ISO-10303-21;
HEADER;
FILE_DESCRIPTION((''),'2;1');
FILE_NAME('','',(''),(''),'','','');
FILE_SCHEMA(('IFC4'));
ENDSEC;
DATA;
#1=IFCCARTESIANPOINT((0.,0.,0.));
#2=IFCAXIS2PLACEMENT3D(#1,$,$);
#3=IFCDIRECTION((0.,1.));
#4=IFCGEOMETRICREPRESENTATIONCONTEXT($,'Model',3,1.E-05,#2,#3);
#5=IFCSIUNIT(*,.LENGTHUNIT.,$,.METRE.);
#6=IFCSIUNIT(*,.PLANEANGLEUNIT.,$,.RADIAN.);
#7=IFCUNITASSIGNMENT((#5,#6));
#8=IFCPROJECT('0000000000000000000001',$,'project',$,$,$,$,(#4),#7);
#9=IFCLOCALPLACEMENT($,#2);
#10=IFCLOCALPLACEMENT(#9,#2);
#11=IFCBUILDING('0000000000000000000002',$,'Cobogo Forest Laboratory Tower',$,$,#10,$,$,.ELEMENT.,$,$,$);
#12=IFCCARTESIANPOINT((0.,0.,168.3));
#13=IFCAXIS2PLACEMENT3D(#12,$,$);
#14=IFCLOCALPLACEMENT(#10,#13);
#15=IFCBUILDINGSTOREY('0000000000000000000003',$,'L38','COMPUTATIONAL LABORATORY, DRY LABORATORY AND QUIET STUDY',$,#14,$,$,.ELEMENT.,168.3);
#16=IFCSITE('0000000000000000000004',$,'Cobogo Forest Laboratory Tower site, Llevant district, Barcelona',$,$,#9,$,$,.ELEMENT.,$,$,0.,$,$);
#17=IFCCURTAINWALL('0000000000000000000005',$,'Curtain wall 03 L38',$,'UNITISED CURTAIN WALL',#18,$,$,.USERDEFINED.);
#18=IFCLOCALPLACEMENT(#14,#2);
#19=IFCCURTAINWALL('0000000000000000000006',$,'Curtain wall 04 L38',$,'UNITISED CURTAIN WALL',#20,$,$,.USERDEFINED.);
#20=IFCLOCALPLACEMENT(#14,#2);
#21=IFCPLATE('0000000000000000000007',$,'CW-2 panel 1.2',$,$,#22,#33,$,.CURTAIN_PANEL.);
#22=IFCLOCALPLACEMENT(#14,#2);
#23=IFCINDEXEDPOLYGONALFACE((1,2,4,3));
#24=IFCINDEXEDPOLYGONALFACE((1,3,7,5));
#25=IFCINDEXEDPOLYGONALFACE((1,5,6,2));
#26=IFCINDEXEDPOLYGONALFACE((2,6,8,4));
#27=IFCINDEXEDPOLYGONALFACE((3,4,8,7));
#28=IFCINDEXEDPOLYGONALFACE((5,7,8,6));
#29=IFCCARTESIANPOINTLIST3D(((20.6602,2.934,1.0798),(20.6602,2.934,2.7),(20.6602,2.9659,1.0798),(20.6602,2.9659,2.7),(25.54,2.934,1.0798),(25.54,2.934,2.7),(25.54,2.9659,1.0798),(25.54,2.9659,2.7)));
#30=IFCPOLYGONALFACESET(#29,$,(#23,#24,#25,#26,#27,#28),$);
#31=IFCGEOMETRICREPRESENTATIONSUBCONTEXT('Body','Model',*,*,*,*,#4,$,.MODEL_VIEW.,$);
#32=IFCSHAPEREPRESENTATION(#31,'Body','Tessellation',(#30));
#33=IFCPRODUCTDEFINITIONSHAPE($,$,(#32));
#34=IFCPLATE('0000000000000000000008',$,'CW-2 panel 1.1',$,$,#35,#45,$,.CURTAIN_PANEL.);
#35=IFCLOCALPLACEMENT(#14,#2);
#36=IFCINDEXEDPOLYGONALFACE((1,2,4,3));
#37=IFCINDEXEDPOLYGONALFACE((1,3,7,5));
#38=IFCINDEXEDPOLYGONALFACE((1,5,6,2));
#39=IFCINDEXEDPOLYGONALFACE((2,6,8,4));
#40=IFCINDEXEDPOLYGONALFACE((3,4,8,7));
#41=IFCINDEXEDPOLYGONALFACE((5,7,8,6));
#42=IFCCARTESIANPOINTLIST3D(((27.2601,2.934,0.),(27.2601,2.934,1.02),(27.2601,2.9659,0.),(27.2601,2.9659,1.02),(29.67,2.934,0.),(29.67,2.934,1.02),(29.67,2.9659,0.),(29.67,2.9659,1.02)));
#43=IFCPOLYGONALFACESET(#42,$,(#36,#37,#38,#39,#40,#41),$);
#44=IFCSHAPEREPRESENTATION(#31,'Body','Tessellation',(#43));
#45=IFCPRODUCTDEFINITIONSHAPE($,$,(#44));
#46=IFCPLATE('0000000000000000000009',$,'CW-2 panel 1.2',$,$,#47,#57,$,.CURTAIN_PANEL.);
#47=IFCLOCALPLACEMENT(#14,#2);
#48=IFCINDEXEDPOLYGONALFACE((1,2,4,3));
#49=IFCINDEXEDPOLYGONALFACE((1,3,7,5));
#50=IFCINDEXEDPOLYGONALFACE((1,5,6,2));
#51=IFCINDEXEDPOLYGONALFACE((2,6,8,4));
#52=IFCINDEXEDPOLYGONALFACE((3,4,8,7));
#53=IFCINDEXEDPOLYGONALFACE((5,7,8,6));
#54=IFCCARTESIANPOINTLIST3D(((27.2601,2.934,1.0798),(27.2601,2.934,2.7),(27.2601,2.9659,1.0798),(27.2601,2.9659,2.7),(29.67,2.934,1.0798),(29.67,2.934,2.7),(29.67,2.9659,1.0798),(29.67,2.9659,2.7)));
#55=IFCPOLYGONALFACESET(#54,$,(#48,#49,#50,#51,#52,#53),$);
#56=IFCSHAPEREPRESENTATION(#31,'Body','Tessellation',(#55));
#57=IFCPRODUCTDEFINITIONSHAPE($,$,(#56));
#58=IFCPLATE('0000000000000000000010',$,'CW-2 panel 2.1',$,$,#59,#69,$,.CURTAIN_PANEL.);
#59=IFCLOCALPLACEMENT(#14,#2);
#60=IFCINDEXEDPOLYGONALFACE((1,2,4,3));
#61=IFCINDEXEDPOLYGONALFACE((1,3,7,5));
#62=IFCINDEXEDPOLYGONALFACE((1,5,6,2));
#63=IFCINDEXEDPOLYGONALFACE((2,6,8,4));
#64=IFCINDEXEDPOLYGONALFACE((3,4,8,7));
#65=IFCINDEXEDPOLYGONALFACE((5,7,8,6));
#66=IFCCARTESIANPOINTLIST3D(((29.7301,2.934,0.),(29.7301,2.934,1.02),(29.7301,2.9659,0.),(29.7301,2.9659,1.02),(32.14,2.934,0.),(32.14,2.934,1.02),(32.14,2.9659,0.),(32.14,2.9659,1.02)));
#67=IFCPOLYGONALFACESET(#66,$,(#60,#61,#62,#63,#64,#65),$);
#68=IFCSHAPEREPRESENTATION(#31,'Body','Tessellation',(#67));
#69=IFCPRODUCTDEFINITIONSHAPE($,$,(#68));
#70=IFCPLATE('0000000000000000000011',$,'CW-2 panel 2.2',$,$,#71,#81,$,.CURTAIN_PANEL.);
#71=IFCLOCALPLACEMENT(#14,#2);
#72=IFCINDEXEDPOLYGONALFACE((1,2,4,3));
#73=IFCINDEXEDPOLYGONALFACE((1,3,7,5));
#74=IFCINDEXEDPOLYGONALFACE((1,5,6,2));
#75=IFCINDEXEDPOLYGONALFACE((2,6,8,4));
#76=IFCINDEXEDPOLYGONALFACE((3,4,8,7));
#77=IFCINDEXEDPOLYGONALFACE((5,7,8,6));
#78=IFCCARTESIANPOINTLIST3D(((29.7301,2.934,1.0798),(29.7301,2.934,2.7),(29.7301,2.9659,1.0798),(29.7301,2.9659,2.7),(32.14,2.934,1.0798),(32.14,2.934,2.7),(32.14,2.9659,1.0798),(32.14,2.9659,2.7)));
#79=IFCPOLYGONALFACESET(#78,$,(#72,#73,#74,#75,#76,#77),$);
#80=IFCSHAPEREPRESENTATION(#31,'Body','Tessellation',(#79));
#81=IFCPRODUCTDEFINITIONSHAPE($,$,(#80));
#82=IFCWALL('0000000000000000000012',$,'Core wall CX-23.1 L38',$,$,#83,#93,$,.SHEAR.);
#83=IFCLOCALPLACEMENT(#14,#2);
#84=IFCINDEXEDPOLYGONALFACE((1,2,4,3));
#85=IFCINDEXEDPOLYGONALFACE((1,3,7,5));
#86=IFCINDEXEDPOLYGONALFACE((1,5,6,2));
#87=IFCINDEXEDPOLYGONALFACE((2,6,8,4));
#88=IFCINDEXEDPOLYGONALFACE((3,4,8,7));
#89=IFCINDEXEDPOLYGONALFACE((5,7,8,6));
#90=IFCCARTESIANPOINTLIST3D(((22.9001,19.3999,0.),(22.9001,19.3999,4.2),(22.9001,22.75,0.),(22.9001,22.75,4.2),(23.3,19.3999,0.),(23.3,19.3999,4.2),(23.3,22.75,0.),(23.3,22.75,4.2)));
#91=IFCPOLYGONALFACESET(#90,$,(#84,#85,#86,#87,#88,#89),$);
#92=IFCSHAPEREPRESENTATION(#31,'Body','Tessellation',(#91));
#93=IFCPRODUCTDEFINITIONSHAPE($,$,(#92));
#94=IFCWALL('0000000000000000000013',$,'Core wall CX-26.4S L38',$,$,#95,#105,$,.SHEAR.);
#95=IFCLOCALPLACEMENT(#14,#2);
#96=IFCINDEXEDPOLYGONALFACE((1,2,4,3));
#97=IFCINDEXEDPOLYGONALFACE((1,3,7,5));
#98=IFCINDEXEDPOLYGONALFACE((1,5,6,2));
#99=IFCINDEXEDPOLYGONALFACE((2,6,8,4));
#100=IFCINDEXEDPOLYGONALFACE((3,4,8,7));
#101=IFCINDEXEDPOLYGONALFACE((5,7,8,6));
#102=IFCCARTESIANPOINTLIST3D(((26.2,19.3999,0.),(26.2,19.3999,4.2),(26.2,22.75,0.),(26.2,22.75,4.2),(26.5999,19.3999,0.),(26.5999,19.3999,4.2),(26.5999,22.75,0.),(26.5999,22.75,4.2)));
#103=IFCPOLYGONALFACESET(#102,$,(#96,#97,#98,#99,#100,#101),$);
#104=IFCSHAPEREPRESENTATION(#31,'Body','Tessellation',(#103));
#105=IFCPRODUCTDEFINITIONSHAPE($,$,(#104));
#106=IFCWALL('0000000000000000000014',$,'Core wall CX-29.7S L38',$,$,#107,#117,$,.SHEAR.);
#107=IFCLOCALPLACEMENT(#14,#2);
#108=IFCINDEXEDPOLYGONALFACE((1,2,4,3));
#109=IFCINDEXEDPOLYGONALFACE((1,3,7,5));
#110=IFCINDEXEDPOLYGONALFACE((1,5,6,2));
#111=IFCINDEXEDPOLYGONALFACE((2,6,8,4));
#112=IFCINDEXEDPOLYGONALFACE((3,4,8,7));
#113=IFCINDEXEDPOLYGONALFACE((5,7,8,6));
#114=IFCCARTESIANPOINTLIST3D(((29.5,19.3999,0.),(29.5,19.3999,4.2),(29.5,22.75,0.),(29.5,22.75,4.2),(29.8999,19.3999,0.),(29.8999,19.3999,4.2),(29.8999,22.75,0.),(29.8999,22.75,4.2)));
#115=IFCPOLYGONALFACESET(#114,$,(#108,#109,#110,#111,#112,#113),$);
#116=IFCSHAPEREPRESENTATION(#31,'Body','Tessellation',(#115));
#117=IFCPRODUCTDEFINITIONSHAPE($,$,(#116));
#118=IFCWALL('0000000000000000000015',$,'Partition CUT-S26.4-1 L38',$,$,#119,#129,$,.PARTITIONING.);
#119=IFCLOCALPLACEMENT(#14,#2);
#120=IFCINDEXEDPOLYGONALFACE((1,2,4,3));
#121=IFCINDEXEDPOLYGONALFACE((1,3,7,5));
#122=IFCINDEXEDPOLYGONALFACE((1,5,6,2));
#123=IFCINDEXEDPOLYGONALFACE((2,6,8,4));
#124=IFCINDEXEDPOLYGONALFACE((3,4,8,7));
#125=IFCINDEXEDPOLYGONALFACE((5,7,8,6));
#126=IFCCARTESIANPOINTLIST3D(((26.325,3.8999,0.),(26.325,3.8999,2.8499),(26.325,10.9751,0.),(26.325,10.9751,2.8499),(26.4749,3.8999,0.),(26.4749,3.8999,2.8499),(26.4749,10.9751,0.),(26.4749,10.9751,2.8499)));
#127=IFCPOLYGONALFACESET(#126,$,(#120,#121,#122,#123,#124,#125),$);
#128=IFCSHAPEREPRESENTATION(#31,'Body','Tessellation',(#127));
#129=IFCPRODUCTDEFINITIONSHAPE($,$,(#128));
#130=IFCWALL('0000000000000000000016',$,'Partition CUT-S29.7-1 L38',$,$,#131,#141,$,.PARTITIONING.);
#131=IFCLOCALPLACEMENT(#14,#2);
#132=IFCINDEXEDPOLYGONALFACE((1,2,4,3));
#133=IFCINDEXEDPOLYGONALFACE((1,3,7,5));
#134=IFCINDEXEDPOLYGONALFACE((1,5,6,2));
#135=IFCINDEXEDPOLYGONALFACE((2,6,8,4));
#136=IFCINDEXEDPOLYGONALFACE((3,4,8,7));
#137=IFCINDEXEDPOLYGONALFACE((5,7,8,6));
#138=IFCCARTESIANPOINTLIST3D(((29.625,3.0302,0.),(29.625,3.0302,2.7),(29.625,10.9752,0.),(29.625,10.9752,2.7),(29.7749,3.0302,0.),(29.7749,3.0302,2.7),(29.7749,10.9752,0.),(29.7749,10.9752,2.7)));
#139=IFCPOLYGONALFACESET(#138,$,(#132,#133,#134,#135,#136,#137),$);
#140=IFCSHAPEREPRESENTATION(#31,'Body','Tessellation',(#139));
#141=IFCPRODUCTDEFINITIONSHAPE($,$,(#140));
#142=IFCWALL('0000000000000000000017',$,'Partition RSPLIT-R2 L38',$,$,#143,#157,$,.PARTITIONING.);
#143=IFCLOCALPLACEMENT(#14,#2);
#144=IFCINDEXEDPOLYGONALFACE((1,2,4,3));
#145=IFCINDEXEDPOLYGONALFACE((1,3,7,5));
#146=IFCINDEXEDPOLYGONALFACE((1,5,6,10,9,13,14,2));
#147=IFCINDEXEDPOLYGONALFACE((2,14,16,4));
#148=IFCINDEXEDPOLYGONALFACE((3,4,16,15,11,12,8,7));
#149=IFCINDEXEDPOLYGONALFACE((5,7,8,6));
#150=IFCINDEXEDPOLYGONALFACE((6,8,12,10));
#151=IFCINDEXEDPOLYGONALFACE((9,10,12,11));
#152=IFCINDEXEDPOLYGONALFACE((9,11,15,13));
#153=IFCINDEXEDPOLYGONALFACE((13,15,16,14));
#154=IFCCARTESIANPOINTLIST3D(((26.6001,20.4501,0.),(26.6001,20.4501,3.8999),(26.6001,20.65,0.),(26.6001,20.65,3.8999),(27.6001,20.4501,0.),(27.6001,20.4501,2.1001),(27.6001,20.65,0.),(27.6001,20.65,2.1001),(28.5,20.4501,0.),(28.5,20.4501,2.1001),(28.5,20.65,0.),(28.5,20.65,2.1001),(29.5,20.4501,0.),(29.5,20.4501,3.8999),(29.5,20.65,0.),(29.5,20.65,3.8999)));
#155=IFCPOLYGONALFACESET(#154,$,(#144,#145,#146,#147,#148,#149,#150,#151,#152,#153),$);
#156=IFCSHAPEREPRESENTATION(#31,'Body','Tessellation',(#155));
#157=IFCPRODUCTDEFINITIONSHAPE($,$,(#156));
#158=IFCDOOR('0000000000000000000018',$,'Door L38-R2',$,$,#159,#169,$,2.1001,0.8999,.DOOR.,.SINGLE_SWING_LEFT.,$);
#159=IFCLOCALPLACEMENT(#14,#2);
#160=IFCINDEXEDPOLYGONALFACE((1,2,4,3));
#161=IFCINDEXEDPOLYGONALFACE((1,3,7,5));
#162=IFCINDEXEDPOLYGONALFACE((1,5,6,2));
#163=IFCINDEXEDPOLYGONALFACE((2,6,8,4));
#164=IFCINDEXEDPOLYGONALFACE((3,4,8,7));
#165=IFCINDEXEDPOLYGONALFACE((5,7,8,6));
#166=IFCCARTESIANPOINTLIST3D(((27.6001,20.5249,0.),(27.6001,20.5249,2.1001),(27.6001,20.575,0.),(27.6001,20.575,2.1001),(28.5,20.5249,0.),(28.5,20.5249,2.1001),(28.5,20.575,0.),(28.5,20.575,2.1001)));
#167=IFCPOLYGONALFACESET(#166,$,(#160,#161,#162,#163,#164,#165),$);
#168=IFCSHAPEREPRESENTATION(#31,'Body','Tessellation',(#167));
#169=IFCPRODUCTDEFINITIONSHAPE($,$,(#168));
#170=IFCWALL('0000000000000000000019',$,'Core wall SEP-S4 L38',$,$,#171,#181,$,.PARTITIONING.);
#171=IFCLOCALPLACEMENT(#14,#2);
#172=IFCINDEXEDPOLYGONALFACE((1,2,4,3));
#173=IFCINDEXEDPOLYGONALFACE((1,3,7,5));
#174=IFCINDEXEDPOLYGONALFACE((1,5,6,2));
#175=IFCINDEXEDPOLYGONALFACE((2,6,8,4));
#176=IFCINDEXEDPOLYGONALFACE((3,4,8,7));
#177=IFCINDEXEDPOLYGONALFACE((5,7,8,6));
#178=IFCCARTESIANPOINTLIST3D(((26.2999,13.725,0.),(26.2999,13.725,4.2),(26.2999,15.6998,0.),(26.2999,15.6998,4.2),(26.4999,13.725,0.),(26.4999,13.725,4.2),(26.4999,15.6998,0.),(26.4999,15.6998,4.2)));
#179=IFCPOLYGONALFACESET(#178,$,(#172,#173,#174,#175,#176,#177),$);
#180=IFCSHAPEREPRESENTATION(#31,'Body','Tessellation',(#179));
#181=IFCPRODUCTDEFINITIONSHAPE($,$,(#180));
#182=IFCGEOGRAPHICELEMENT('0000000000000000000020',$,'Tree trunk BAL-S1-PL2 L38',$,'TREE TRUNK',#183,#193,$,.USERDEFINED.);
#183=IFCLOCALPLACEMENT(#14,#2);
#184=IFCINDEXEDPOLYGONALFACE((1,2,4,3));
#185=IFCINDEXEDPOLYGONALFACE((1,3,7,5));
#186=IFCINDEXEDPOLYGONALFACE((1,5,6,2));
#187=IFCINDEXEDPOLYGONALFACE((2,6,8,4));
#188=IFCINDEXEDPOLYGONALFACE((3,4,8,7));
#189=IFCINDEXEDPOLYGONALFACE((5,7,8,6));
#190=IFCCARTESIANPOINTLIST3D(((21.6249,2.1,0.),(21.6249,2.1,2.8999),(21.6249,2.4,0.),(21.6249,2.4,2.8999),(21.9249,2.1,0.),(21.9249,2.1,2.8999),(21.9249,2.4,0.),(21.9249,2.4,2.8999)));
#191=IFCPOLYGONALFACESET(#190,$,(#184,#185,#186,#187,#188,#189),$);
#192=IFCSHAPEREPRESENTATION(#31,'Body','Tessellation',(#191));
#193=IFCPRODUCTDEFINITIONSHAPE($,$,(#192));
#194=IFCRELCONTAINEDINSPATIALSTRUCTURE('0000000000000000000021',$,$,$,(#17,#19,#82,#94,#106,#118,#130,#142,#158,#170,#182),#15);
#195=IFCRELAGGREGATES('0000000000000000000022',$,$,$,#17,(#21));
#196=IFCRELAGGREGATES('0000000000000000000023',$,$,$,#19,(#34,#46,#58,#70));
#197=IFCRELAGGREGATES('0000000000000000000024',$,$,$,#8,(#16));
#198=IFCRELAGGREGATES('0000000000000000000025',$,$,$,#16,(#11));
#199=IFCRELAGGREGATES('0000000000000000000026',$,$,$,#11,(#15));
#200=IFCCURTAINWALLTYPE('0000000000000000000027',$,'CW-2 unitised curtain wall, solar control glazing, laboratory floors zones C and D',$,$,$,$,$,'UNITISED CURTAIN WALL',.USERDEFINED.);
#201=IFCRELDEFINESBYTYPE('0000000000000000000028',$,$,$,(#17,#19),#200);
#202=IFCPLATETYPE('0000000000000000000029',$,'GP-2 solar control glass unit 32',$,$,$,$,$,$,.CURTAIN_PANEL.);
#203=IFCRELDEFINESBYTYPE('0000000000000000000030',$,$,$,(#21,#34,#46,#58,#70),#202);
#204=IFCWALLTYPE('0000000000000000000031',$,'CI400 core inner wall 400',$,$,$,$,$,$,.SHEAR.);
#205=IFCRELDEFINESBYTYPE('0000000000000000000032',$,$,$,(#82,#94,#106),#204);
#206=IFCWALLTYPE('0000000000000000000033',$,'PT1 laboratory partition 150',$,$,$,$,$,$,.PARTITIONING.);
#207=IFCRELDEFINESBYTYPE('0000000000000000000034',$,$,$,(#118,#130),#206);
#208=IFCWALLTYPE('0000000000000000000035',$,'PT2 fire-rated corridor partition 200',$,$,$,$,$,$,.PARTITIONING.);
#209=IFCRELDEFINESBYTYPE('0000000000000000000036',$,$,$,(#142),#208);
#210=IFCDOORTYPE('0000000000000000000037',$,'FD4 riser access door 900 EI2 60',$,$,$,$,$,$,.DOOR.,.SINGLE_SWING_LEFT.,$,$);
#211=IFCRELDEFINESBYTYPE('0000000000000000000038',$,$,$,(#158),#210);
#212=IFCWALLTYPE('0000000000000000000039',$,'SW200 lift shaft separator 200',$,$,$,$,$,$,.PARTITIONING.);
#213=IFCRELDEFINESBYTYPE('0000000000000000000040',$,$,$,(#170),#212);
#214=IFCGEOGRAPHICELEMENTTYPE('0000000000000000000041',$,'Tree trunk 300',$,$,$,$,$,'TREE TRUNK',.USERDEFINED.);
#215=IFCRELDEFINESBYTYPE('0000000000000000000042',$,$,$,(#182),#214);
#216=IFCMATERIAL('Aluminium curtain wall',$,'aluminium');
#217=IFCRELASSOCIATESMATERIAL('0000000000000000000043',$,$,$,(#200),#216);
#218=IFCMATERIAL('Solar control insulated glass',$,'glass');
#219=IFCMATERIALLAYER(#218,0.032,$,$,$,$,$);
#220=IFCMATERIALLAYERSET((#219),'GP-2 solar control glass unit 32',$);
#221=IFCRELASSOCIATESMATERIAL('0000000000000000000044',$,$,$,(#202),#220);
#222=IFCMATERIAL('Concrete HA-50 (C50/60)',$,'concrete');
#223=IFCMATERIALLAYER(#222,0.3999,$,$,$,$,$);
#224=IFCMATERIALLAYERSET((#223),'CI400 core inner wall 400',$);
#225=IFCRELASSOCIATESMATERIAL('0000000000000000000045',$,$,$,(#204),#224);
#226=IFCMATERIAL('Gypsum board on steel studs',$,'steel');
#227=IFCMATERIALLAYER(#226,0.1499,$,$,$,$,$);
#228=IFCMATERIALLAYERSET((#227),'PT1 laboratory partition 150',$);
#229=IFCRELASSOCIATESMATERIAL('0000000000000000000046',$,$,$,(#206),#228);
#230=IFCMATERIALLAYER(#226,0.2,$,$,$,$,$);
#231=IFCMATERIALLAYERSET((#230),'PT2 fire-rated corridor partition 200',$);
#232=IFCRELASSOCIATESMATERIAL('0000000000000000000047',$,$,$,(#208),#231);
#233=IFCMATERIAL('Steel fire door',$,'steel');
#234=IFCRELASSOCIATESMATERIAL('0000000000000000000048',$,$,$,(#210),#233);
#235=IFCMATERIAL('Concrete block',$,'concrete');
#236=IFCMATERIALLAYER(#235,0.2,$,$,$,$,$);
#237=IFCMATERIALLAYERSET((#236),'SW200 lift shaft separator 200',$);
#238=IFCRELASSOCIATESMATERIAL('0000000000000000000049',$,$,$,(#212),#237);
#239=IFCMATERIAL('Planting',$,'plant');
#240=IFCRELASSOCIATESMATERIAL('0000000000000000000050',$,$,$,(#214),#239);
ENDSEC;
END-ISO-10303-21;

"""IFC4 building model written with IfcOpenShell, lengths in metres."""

from ifc_helpers import new_model, si_unit, direction, frame, frame_2d, origin, origin_2d, place, context, subcontext, project, spatial, rectangle, extrude, material, layer, layer_set, type_object, element, fill, aggregate, save


model = new_model("IFC4")

# Units and contexts
model_context = context("Model", 3, precision=1e-05, world=origin(), true_north=direction((0.0, 1.0)))
body_context = subcontext(model_context, "Body", "Model", "MODEL_VIEW")
ifc_project = project(units=[si_unit("LENGTHUNIT", "METRE"), si_unit("PLANEANGLEUNIT", "RADIAN")], contexts=[model_context])

# Site, building, storey
site_placement = place(None, origin())
site = spatial("IfcSite", under=ifc_project, at=site_placement, Name="Cobogo Forest Laboratory Tower site, Llevant district, Barcelona", CompositionType="ELEMENT", RefElevation=0.0)
building_placement = place(site_placement, origin())
building = spatial("IfcBuilding", under=site, at=building_placement, Name="Cobogo Forest Laboratory Tower", CompositionType="ELEMENT")
storey_placement = place(building_placement, frame((0.0, 0.0, 168.3)))
storey = spatial("IfcBuildingStorey", under=building, at=storey_placement, Name="L38", Description="COMPUTATIONAL LABORATORY, DRY LABORATORY AND QUIET STUDY", CompositionType="ELEMENT", Elevation=168.3)

# Shared definitions
ifc_material_1 = material(Name="Concrete HA-50 (C50/60)", Category="concrete")

# Curtain walls
ifc_material_2 = material(Name="Aluminium curtain wall", Category="aluminium")
curtain_wall_type = type_object("IfcCurtainWallType", Name="CW-2 unitised curtain wall, solar control glazing, laboratory floors zones C and D", ElementType="UNITISED CURTAIN WALL", PredefinedType="USERDEFINED", material=ifc_material_2)
curtain_wall_1_placement = place(storey_placement, origin())
curtain_wall_1 = element("IfcCurtainWall", 1, at=curtain_wall_1_placement, inside=storey, type_object=curtain_wall_type, Name="Curtain wall 03 L38", ObjectType="UNITISED CURTAIN WALL", PredefinedType="USERDEFINED")
curtain_wall_2_placement = place(storey_placement, origin())
curtain_wall_2 = element("IfcCurtainWall", 2, at=curtain_wall_2_placement, inside=storey, type_object=curtain_wall_type, Name="Curtain wall 04 L38", ObjectType="UNITISED CURTAIN WALL", PredefinedType="USERDEFINED")

# Plates
ifc_material_3 = material(Name="Solar control insulated glass", Category="glass")
ifc_layer_1 = layer(ifc_material_3, 0.032)
ifc_layer_set_1 = layer_set([ifc_layer_1], Name="GP-2 solar control glass unit 32")
plate_type_1 = type_object("IfcPlateType", Name="GP-2 solar control glass unit 32", PredefinedType="CURTAIN_PANEL", material=ifc_layer_set_1)
plate_1_placement = place(storey_placement, frame((23.1001, 2.95, 1.0798), z_axis=(0.0, 0.0, 1.0), x_axis=(1.0, 0.0, 0.0)))
plate_1 = element("IfcPlate", 3, at=plate_1_placement, type_object=plate_type_1, Name="CW-2 panel 1.2", PredefinedType="CURTAIN_PANEL", context=body_context, shape_type="SweptSolid", body=[
    extrude(rectangle(XDim=4.8799, YDim=0.032, at=origin_2d()), origin(), (0.0, 0.0, 1.0), 1.6201),
])
aggregate(curtain_wall_1, [plate_1])
plate_2_placement = place(storey_placement, frame((28.4651, 2.95, 0.0), z_axis=(0.0, 0.0, 1.0), x_axis=(1.0, 0.0, 0.0)))
plate_2 = element("IfcPlate", 4, at=plate_2_placement, type_object=plate_type_1, Name="CW-2 panel 1.1", PredefinedType="CURTAIN_PANEL", context=body_context, shape_type="SweptSolid", body=[
    extrude(rectangle(XDim=2.4099, YDim=0.032, at=origin_2d()), origin(), (0.0, 0.0, 1.0), 1.02),
])
plate_3_placement = place(storey_placement, frame((28.4651, 2.95, 1.0798), z_axis=(0.0, 0.0, 1.0), x_axis=(1.0, 0.0, 0.0)))
plate_3 = element("IfcPlate", 5, at=plate_3_placement, type_object=plate_type_1, Name="CW-2 panel 1.2", PredefinedType="CURTAIN_PANEL", context=body_context, shape_type="SweptSolid", body=[
    extrude(rectangle(XDim=2.4099, YDim=0.032, at=origin_2d()), origin(), (0.0, 0.0, 1.0), 1.6201),
])
plate_4_placement = place(storey_placement, frame((30.9351, 2.95, 0.0), z_axis=(0.0, 0.0, 1.0), x_axis=(1.0, 0.0, 0.0)))
plate_4 = element("IfcPlate", 6, at=plate_4_placement, type_object=plate_type_1, Name="CW-2 panel 2.1", PredefinedType="CURTAIN_PANEL", context=body_context, shape_type="SweptSolid", body=[
    extrude(rectangle(XDim=2.4099, YDim=0.032, at=origin_2d()), origin(), (0.0, 0.0, 1.0), 1.02),
])
plate_5_placement = place(storey_placement, frame((30.9351, 2.95, 1.0798), z_axis=(0.0, 0.0, 1.0), x_axis=(1.0, 0.0, 0.0)))
plate_5 = element("IfcPlate", 7, at=plate_5_placement, type_object=plate_type_1, Name="CW-2 panel 2.2", PredefinedType="CURTAIN_PANEL", context=body_context, shape_type="SweptSolid", body=[
    extrude(rectangle(XDim=2.4099, YDim=0.032, at=origin_2d()), origin(), (0.0, 0.0, 1.0), 1.6201),
])
aggregate(curtain_wall_2, [plate_2, plate_3, plate_4, plate_5])

# Walls
ifc_layer_2 = layer(ifc_material_1, 0.3999)
ifc_layer_set_2 = layer_set([ifc_layer_2], Name="CI400 core inner wall 400")
wall_type_1 = type_object("IfcWallType", Name="CI400 core inner wall 400", PredefinedType="SHEAR", material=ifc_layer_set_2)
for number, where, z_axis, x_axis, name in (
    (8, (23.1001, 19.3999, 0.0), (0.0, 0.0, 1.0), (0.0, 1.0, 0.0), "Core wall CX-23.1 L38"),
    (9, (26.3999, 19.3999, 0.0), (0.0, 0.0, 1.0), (0.0, 1.0, 0.0), "Core wall CX-26.4S L38"),
    (10, (29.7, 19.3999, 0.0), (0.0, 0.0, 1.0), (0.0, 1.0, 0.0), "Core wall CX-29.7S L38"),
):
    element("IfcWall", number, at=place(storey_placement, frame(where, z_axis=z_axis, x_axis=x_axis)), inside=storey, type_object=wall_type_1, Name=name, PredefinedType="SHEAR", context=body_context, shape_type="SweptSolid", body=[
        extrude(rectangle(XDim=3.3501, YDim=0.3999, at=frame_2d((1.675, 0.0))), origin(), (0.0, 0.0, 1.0), 4.2),
    ])
ifc_material_4 = material(Name="Gypsum board on steel studs", Category="steel")
ifc_layer_3 = layer(ifc_material_4, 0.1499)
ifc_layer_set_3 = layer_set([ifc_layer_3], Name="PT1 laboratory partition 150")
wall_type_2 = type_object("IfcWallType", Name="PT1 laboratory partition 150", PredefinedType="PARTITIONING", material=ifc_layer_set_3)
wall_1_placement = place(storey_placement, frame((26.3999, 3.8999, 0.0), z_axis=(0.0, 0.0, 1.0), x_axis=(0.0, 1.0, 0.0)))
element("IfcWall", 11, at=wall_1_placement, inside=storey, type_object=wall_type_2, Name="Partition CUT-S26.4-1 L38", PredefinedType="PARTITIONING", context=body_context, shape_type="SweptSolid", body=[
    extrude(rectangle(XDim=7.0752, YDim=0.1499, at=frame_2d((3.5376, 0.0))), origin(), (0.0, 0.0, 1.0), 2.8499),
])
wall_2_placement = place(storey_placement, frame((29.7, 3.03, 0.0), z_axis=(0.0, 0.0, 1.0), x_axis=(0.0, 1.0, 0.0)))
element("IfcWall", 12, at=wall_2_placement, inside=storey, type_object=wall_type_2, Name="Partition CUT-S29.7-1 L38", PredefinedType="PARTITIONING", context=body_context, shape_type="SweptSolid", body=[
    extrude(rectangle(XDim=7.9451, YDim=0.1499, at=frame_2d((3.9727, 0.0))), origin(), (0.0, 0.0, 1.0), 2.7),
])

# Wall, opening, door
ifc_layer_4 = layer(ifc_material_4, 0.2)
ifc_layer_set_4 = layer_set([ifc_layer_4], Name="PT2 fire-rated corridor partition 200")
wall_type_3 = type_object("IfcWallType", Name="PT2 fire-rated corridor partition 200", PredefinedType="PARTITIONING", material=ifc_layer_set_4)
wall_3_placement = place(storey_placement, frame((26.6001, 20.55, 0.0), z_axis=(0.0, 0.0, 1.0), x_axis=(1.0, 0.0, 0.0)))
wall_3 = element("IfcWall", 13, at=wall_3_placement, inside=storey, type_object=wall_type_3, Name="Partition RSPLIT-R2 L38", PredefinedType="PARTITIONING", context=body_context, shape_type="SweptSolid", body=[
    extrude(rectangle(XDim=2.8999, YDim=0.2, at=frame_2d((1.45, 0.0))), origin(), (0.0, 0.0, 1.0), 3.8999),
])
opening_placement = place(wall_3_placement, frame((1.0, 0.0, 0.0)))
opening = element("IfcOpeningElement", 14, at=opening_placement, cuts=wall_3, PredefinedType="OPENING", context=body_context, shape_type="SweptSolid", body=[
    extrude(rectangle(XDim=0.8999, YDim=2.1001, at=frame_2d((0.45, 1.05))), frame((0.0, 0.1099, 0.0), z_axis=(0.0, -1.0, 0.0), x_axis=(1.0, 0.0, 0.0)), (0.0, 0.0, 1.0), 0.22),
])
ifc_material_5 = material(Name="Steel fire door", Category="steel")
door_type = type_object("IfcDoorType", Name="FD4 riser access door 900 EI2 60", OperationType="SINGLE_SWING_LEFT", PredefinedType="DOOR", material=ifc_material_5)
door_placement = place(opening_placement, origin())
door = element("IfcDoor", 15, at=door_placement, inside=storey, type_object=door_type, Name="Door L38-R2", OperationType="SINGLE_SWING_LEFT", OverallHeight=2.1001, OverallWidth=0.8999, PredefinedType="DOOR", context=body_context, shape_type="SweptSolid", body=[
    extrude(rectangle(XDim=0.8999, YDim=2.1001, at=frame_2d((0.45, 1.05))), frame((0.0, 0.0249, 0.0), z_axis=(0.0, -1.0, 0.0), x_axis=(1.0, 0.0, 0.0)), (0.0, 0.0, 1.0), 0.05),
])
fill(opening, door)

# Wall
ifc_material_6 = material(Name="Concrete block", Category="concrete")
ifc_layer_5 = layer(ifc_material_6, 0.2)
ifc_layer_set_5 = layer_set([ifc_layer_5], Name="SW200 lift shaft separator 200")
wall_type_4 = type_object("IfcWallType", Name="SW200 lift shaft separator 200", PredefinedType="PARTITIONING", material=ifc_layer_set_5)
wall_4_placement = place(storey_placement, frame((26.3999, 13.7251, 0.0), z_axis=(0.0, 0.0, 1.0), x_axis=(0.0, 1.0, 0.0)))
element("IfcWall", 16, at=wall_4_placement, inside=storey, type_object=wall_type_4, Name="Core wall SEP-S4 L38", PredefinedType="PARTITIONING", context=body_context, shape_type="SweptSolid", body=[
    extrude(rectangle(XDim=1.9749, YDim=0.2, at=frame_2d((0.9873, 0.0))), origin(), (0.0, 0.0, 1.0), 4.2),
])

# Geographic element
ifc_material_7 = material(Name="Planting", Category="plant")
geographic_element_type = type_object("IfcGeographicElementType", Name="Tree trunk 300", ElementType="TREE TRUNK", PredefinedType="USERDEFINED", material=ifc_material_7)
geographic_element_placement = place(storey_placement, frame((21.7749, 2.25, 0.0), z_axis=(0.0, 0.0, 1.0), x_axis=(1.0, 0.0, 0.0)))
element("IfcGeographicElement", 17, at=geographic_element_placement, inside=storey, type_object=geographic_element_type, Name="Tree trunk BAL-S1-PL2 L38", ObjectType="TREE TRUNK", PredefinedType="USERDEFINED", context=body_context, shape_type="SweptSolid", body=[
    extrude(rectangle(XDim=0.3, YDim=0.3, at=origin_2d()), origin(), (0.0, 0.0, 1.0), 2.8999),
])

save(model, "model.ifc")
